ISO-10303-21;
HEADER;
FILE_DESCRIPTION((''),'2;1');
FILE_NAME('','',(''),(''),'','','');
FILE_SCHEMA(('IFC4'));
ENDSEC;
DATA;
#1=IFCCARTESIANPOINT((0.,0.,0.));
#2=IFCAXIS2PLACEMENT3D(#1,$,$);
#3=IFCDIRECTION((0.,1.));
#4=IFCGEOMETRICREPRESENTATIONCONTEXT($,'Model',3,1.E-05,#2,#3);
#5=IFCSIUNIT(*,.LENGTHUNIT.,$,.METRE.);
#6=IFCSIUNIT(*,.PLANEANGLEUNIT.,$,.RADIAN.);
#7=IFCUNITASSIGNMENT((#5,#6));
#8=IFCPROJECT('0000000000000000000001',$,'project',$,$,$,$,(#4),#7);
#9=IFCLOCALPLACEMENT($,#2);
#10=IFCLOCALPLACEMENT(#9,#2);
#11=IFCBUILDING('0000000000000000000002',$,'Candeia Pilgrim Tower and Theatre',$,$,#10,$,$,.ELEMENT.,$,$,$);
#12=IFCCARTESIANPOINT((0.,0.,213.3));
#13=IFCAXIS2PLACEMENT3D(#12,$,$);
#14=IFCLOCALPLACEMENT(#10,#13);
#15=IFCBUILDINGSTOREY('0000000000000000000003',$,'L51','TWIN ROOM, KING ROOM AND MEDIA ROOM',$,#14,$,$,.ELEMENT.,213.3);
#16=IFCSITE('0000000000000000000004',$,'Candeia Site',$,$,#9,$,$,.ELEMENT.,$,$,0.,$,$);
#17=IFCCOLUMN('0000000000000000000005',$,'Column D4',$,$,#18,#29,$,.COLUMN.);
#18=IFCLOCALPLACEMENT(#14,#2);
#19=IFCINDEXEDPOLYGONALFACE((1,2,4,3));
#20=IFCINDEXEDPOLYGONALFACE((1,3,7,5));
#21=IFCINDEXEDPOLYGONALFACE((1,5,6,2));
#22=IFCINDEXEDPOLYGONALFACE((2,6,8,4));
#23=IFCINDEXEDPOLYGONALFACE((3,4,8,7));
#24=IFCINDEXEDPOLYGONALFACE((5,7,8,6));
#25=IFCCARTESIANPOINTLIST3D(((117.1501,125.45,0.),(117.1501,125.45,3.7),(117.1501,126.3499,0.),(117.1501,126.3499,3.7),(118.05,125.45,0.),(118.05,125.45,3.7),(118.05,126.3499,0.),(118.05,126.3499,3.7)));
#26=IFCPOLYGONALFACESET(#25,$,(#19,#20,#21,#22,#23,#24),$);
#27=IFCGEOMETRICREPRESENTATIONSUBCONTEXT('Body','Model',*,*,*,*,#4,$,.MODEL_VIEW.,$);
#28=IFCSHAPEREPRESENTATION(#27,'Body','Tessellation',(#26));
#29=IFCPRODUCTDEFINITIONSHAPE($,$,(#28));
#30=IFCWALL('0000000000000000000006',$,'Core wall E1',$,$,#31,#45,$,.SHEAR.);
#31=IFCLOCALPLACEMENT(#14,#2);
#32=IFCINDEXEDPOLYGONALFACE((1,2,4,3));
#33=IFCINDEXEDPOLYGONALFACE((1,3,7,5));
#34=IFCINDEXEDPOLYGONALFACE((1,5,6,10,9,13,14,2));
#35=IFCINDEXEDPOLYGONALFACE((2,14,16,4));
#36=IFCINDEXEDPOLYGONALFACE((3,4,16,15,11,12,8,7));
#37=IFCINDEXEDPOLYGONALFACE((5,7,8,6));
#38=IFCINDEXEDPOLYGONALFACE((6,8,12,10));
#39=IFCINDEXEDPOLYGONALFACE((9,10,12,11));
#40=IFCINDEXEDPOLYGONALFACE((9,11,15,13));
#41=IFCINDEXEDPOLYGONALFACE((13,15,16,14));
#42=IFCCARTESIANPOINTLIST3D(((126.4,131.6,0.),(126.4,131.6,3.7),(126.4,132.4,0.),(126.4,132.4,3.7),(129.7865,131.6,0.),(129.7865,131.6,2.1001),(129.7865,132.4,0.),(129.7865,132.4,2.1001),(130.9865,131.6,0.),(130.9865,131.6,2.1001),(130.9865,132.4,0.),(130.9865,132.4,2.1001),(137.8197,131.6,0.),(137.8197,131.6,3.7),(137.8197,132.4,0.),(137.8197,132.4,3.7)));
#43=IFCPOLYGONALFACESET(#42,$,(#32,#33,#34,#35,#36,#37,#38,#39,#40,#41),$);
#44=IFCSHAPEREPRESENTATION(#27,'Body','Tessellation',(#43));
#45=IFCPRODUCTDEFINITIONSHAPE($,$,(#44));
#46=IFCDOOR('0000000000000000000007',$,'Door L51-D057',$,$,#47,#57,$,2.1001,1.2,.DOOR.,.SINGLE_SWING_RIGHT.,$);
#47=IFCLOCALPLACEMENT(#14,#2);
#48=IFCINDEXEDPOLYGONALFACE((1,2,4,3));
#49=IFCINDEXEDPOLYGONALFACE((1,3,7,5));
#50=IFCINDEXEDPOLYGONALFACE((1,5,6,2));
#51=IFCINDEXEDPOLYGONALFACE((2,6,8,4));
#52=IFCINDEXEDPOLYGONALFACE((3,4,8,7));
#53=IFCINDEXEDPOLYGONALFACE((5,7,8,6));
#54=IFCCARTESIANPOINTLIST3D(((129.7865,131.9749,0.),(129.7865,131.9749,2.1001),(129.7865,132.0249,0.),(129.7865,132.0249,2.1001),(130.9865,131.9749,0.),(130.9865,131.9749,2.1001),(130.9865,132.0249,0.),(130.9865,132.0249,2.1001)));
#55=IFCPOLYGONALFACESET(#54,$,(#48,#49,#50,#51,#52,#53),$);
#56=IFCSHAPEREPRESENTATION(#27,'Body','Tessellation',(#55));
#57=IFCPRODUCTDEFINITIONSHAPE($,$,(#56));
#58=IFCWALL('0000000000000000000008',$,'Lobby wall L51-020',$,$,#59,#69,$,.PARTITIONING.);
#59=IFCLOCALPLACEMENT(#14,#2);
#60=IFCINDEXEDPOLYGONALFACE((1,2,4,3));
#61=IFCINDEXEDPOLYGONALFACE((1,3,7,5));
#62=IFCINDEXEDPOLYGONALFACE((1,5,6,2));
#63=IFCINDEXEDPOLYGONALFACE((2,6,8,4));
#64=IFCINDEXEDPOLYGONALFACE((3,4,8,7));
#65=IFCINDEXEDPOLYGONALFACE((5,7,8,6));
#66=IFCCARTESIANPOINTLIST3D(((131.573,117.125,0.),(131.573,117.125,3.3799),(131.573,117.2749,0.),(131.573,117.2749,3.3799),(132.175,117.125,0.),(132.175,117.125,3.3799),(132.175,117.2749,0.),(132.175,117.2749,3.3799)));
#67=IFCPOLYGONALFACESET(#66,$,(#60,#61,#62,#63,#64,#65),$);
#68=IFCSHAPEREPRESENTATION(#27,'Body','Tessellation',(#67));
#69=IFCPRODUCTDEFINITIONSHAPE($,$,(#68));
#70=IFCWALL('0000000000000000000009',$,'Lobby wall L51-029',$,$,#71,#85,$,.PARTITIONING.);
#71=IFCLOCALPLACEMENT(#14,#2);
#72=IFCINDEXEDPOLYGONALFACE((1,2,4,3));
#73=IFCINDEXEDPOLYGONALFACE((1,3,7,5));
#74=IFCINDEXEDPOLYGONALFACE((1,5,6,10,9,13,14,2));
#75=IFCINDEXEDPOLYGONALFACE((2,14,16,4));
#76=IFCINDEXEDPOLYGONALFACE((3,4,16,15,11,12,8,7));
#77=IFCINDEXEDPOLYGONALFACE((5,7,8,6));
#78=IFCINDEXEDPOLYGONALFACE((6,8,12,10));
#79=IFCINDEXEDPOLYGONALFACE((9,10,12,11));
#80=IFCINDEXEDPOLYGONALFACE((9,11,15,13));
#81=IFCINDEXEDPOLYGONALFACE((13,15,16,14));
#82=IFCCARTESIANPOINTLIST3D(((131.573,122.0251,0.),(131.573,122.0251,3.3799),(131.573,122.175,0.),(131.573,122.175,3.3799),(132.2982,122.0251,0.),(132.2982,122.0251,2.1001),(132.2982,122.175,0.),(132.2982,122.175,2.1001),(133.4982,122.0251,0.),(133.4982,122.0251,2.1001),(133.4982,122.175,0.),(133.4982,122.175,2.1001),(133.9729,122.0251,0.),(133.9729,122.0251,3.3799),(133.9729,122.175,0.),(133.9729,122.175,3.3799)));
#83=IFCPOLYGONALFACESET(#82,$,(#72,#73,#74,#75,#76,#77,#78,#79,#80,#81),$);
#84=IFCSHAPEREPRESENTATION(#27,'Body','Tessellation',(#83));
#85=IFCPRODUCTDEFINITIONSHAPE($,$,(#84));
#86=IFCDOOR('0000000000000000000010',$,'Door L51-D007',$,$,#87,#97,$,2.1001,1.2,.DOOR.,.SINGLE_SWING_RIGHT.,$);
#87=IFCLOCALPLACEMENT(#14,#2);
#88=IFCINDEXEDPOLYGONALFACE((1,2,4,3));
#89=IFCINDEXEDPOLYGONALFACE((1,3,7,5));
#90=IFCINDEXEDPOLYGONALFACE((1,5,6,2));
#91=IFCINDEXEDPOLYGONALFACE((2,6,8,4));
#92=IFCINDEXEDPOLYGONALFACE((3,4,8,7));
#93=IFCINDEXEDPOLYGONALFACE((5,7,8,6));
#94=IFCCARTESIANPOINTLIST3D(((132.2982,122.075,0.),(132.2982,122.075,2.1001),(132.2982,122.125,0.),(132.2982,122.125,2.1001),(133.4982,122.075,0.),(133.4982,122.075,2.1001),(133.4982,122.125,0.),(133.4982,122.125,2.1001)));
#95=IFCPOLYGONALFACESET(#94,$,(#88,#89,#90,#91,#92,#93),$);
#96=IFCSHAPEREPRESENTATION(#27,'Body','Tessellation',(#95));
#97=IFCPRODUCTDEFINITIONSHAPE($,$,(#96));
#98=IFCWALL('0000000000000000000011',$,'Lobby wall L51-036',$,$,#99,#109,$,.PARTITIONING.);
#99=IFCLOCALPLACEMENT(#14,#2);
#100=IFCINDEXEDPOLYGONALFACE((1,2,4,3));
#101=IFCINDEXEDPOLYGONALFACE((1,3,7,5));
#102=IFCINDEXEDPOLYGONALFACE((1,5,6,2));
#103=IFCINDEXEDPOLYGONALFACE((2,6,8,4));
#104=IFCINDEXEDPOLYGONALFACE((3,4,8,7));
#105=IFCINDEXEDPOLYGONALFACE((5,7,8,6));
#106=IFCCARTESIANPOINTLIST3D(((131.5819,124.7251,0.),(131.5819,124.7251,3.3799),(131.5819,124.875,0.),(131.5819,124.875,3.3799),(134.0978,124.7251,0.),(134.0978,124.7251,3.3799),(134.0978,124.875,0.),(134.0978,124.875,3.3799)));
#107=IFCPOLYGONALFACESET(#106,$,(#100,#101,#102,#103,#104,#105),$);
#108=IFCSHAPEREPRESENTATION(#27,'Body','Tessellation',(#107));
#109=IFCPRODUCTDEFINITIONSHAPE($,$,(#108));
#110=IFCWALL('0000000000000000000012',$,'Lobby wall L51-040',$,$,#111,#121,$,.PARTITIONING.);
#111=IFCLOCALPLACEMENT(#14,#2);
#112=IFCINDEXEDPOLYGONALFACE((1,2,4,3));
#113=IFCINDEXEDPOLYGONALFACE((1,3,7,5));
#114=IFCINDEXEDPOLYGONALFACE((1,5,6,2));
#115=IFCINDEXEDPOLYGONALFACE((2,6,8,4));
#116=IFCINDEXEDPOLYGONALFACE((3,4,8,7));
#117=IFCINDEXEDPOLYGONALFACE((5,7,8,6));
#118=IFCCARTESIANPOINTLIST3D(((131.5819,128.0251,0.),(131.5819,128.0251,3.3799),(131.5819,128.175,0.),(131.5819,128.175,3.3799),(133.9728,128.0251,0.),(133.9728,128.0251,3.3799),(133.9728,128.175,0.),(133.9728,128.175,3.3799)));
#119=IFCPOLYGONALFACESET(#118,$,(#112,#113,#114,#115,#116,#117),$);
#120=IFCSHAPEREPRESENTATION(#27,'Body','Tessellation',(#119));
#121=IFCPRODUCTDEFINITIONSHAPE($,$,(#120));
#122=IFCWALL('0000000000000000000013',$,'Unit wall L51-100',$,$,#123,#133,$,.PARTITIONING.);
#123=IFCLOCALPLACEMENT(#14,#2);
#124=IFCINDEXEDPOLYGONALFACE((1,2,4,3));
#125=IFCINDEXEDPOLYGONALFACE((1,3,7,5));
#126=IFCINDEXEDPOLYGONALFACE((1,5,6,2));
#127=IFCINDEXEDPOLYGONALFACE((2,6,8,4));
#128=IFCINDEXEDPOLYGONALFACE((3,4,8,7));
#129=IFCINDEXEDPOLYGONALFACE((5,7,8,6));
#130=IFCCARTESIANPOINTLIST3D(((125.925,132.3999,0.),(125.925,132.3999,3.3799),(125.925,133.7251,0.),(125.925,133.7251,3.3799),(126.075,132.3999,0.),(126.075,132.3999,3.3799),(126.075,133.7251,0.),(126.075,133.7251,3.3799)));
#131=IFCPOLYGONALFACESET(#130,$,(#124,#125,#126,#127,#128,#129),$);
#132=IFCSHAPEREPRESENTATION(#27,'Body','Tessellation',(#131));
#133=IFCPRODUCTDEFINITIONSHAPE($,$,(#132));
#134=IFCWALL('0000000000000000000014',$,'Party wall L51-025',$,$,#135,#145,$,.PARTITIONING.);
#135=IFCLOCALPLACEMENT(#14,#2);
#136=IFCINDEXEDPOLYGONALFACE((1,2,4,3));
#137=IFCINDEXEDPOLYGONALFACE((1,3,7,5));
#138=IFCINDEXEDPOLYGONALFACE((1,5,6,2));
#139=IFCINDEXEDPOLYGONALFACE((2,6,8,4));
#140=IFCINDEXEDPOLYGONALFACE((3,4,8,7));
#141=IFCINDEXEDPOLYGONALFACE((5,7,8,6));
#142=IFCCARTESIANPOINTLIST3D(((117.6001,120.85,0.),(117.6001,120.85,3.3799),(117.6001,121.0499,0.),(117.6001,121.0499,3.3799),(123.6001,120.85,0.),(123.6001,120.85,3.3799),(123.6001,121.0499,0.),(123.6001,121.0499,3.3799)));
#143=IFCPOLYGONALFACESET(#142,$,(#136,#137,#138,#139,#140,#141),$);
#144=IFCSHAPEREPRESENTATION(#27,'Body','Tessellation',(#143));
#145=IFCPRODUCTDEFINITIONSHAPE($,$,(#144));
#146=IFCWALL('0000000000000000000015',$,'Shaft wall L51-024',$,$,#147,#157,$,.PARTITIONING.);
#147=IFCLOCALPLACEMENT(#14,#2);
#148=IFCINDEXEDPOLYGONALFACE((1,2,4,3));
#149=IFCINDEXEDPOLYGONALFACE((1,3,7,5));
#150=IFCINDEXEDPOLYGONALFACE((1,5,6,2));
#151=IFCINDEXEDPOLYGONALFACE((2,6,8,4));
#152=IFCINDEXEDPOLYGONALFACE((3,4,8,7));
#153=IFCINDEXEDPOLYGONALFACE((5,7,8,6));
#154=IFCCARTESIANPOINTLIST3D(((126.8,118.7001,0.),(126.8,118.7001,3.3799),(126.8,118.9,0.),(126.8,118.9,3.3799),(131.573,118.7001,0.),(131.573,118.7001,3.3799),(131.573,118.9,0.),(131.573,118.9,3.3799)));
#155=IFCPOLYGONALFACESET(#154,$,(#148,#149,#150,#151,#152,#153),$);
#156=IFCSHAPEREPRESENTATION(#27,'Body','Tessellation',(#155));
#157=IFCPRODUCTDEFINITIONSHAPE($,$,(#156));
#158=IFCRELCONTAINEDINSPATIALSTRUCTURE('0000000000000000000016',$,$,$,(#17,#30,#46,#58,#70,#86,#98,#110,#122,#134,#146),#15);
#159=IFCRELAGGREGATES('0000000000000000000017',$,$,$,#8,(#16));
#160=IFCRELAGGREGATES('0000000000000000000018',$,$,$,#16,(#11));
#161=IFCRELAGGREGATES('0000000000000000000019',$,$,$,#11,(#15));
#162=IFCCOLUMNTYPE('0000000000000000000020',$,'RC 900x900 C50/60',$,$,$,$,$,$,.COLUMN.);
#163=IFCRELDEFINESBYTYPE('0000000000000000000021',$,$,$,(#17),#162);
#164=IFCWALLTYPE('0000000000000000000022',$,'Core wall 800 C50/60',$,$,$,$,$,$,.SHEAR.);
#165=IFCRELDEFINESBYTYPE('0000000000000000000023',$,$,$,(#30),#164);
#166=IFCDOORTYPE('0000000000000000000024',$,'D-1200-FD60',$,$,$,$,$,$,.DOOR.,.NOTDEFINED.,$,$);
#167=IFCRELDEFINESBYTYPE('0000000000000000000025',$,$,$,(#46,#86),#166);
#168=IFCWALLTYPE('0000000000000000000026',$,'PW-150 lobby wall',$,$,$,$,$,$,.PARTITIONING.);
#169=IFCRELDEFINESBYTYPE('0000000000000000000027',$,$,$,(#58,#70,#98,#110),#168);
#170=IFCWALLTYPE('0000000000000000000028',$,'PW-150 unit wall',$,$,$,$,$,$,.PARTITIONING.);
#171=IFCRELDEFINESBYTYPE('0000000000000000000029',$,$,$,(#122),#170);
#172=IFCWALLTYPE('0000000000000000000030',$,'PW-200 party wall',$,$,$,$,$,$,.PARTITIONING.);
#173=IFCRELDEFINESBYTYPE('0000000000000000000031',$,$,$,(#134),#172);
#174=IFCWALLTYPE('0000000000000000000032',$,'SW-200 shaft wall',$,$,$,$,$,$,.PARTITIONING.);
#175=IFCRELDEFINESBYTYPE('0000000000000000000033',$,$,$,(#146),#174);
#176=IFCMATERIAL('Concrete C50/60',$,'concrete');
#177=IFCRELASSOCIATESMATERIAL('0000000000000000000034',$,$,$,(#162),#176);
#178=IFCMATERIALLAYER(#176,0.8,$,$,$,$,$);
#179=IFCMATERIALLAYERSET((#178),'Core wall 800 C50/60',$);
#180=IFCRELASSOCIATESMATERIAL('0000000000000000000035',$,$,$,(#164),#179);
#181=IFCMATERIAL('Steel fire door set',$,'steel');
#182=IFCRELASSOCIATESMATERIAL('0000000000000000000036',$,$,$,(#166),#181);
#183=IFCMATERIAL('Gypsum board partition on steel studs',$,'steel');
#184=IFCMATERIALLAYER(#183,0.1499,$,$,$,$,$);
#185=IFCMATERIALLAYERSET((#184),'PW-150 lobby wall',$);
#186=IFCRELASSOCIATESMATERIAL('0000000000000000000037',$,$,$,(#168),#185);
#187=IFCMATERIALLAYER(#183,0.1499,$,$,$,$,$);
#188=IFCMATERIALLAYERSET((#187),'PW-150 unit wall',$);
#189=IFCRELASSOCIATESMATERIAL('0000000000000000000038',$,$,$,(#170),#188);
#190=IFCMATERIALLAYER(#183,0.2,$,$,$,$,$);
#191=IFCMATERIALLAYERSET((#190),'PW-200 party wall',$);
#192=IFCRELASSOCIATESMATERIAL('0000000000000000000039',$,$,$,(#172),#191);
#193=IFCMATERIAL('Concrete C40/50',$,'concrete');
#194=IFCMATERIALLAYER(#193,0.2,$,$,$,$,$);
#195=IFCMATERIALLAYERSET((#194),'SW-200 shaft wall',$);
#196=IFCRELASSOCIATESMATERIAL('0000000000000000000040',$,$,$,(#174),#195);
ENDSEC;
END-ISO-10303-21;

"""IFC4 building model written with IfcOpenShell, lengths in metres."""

from ifc_helpers import new_model, si_unit, direction, frame, frame_2d, origin, origin_2d, place, context, subcontext, project, spatial, rectangle, extrude, material, layer, layer_set, material_profile, profile_set, type_object, element, fill, save


model = new_model("IFC4")

# Units and contexts
model_context = context("Model", 3, precision=1e-05, world=origin(), true_north=direction((0.0, 1.0)))
body_context = subcontext(model_context, "Body", "Model", "MODEL_VIEW")
ifc_project = project(units=[si_unit("LENGTHUNIT", "METRE"), si_unit("PLANEANGLEUNIT", "RADIAN")], contexts=[model_context])

# Site, building, storey
site_placement = place(None, origin())
site = spatial("IfcSite", under=ifc_project, at=site_placement, Name="Candeia Site", CompositionType="ELEMENT", RefElevation=0.0)
building_placement = place(site_placement, origin())
building = spatial("IfcBuilding", under=site, at=building_placement, Name="Candeia Pilgrim Tower and Theatre", CompositionType="ELEMENT")
storey_placement = place(building_placement, frame((0.0, 0.0, 213.3)))
storey = spatial("IfcBuildingStorey", under=building, at=storey_placement, Name="L51", Description="TWIN ROOM, KING ROOM AND MEDIA ROOM", CompositionType="ELEMENT", Elevation=213.3)

# Column
ifc_material_1 = material(Name="Concrete C50/60", Category="concrete")
ifc_material_profile = material_profile(ifc_material_1, rectangle(XDim=0.8999, YDim=0.8999, at=origin_2d()))
ifc_profile_set = profile_set([ifc_material_profile], Name="Concrete C50/60")
column_type = type_object("IfcColumnType", Name="RC 900x900 C50/60", PredefinedType="COLUMN", material=ifc_profile_set)
column_placement = place(storey_placement, frame((117.6001, 125.8999, 0.0), z_axis=(0.0, 0.0, 1.0), x_axis=(1.0, 0.0, 0.0)))
element("IfcColumn", 1, at=column_placement, inside=storey, type_object=column_type, Name="Column D4", PredefinedType="COLUMN", context=body_context, shape_type="SweptSolid", body=[
    extrude(rectangle(XDim=0.8999, YDim=0.8999, at=origin_2d()), origin(), (0.0, 0.0, 1.0), 3.7),
])

# Wall, opening, door
ifc_layer_1 = layer(ifc_material_1, 0.8)
ifc_layer_set_1 = layer_set([ifc_layer_1], Name="Core wall 800 C50/60")
wall_type_1 = type_object("IfcWallType", Name="Core wall 800 C50/60", PredefinedType="SHEAR", material=ifc_layer_set_1)
wall_1_placement = place(storey_placement, frame((126.3999, 132.0, 0.0), z_axis=(0.0, 0.0, 1.0), x_axis=(1.0, 0.0, 0.0)))
wall_1 = element("IfcWall", 2, at=wall_1_placement, inside=storey, type_object=wall_type_1, Name="Core wall E1", PredefinedType="SHEAR", context=body_context, shape_type="SweptSolid", body=[
    extrude(rectangle(XDim=11.4197, YDim=0.8, at=frame_2d((5.71, 0.0))), origin(), (0.0, 0.0, 1.0), 3.7),
])
opening_1_placement = place(wall_1_placement, frame((3.3865, 0.0, 0.0)))
opening_1 = element("IfcOpeningElement", 3, at=opening_1_placement, cuts=wall_1, PredefinedType="OPENING", context=body_context, shape_type="SweptSolid", body=[
    extrude(rectangle(XDim=1.2, YDim=2.1001, at=frame_2d((0.6001, 1.05))), frame((0.0, 0.4102, 0.0), z_axis=(0.0, -1.0, 0.0), x_axis=(1.0, 0.0, 0.0)), (0.0, 0.0, 1.0), 0.8201),
])
ifc_material_2 = material(Name="Steel fire door set", Category="steel")
door_type_1 = type_object("IfcDoorType", Name="D-1200-FD60", OperationType="NOTDEFINED", PredefinedType="DOOR", material=ifc_material_2)
door_1_placement = place(opening_1_placement, origin())
door_1 = element("IfcDoor", 4, at=door_1_placement, inside=storey, type_object=door_type_1, Name="Door L51-D057", OperationType="SINGLE_SWING_RIGHT", OverallHeight=2.1001, OverallWidth=1.2, PredefinedType="DOOR", context=body_context, shape_type="SweptSolid", body=[
    extrude(rectangle(XDim=1.2, YDim=2.1001, at=frame_2d((0.6001, 1.05))), frame((0.0, 0.0249, 0.0), z_axis=(0.0, -1.0, 0.0), x_axis=(1.0, 0.0, 0.0)), (0.0, 0.0, 1.0), 0.05),
])
fill(opening_1, door_1)

# Wall
ifc_material_3 = material(Name="Gypsum board partition on steel studs", Category="steel")
ifc_layer_2 = layer(ifc_material_3, 0.1499)
ifc_layer_set_2 = layer_set([ifc_layer_2], Name="PW-150 lobby wall")
wall_type_2 = type_object("IfcWallType", Name="PW-150 lobby wall", PredefinedType="PARTITIONING", material=ifc_layer_set_2)
wall_2_placement = place(storey_placement, frame((131.573, 117.2, 0.0), z_axis=(0.0, 0.0, 1.0), x_axis=(1.0, 0.0, 0.0)))
element("IfcWall", 5, at=wall_2_placement, inside=storey, type_object=wall_type_2, Name="Lobby wall L51-020", PredefinedType="PARTITIONING", context=body_context, shape_type="SweptSolid", body=[
    extrude(rectangle(XDim=0.6021, YDim=0.1499, at=frame_2d((0.301, 0.0))), origin(), (0.0, 0.0, 1.0), 3.3799),
])

# Wall, opening, door
wall_3_placement = place(storey_placement, frame((131.573, 122.1001, 0.0), z_axis=(0.0, 0.0, 1.0), x_axis=(1.0, 0.0, 0.0)))
wall_3 = element("IfcWall", 6, at=wall_3_placement, inside=storey, type_object=wall_type_2, Name="Lobby wall L51-029", PredefinedType="PARTITIONING", context=body_context, shape_type="SweptSolid", body=[
    extrude(rectangle(XDim=2.3999, YDim=0.1499, at=frame_2d((1.2, 0.0))), origin(), (0.0, 0.0, 1.0), 3.3799),
])
opening_2_placement = place(wall_3_placement, frame((0.7251, 0.0, 0.0)))
opening_2 = element("IfcOpeningElement", 7, at=opening_2_placement, cuts=wall_3, PredefinedType="OPENING", context=body_context, shape_type="SweptSolid", body=[
    extrude(rectangle(XDim=1.2, YDim=2.1001, at=frame_2d((0.6001, 1.05))), frame((0.0, 0.085, 0.0), z_axis=(0.0, -1.0, 0.0), x_axis=(1.0, 0.0, 0.0)), (0.0, 0.0, 1.0), 0.1699),
])
door_2_placement = place(opening_2_placement, origin())
door_2 = element("IfcDoor", 8, at=door_2_placement, inside=storey, type_object=door_type_1, Name="Door L51-D007", OperationType="SINGLE_SWING_RIGHT", OverallHeight=2.1001, OverallWidth=1.2, PredefinedType="DOOR", context=body_context, shape_type="SweptSolid", body=[
    extrude(rectangle(XDim=1.2, YDim=2.1001, at=frame_2d((0.6001, 1.05))), frame((0.0, 0.0249, 0.0), z_axis=(0.0, -1.0, 0.0), x_axis=(1.0, 0.0, 0.0)), (0.0, 0.0, 1.0), 0.05),
])
fill(opening_2, door_2)

# Walls
wall_4_placement = place(storey_placement, frame((131.582, 124.8, 0.0), z_axis=(0.0, 0.0, 1.0), x_axis=(1.0, 0.0, 0.0)))
element("IfcWall", 9, at=wall_4_placement, inside=storey, type_object=wall_type_2, Name="Lobby wall L51-036", PredefinedType="PARTITIONING", context=body_context, shape_type="SweptSolid", body=[
    extrude(rectangle(XDim=2.5159, YDim=0.1499, at=frame_2d((1.2578, 0.0))), origin(), (0.0, 0.0, 1.0), 3.3799),
])
wall_5_placement = place(storey_placement, frame((131.582, 128.1001, 0.0), z_axis=(0.0, 0.0, 1.0), x_axis=(1.0, 0.0, 0.0)))
element("IfcWall", 10, at=wall_5_placement, inside=storey, type_object=wall_type_2, Name="Lobby wall L51-040", PredefinedType="PARTITIONING", context=body_context, shape_type="SweptSolid", body=[
    extrude(rectangle(XDim=2.3909, YDim=0.1499, at=frame_2d((1.1953, 0.0))), origin(), (0.0, 0.0, 1.0), 3.3799),
])
ifc_layer_3 = layer(ifc_material_3, 0.1499)
ifc_layer_set_3 = layer_set([ifc_layer_3], Name="PW-150 unit wall")
wall_type_3 = type_object("IfcWallType", Name="PW-150 unit wall", PredefinedType="PARTITIONING", material=ifc_layer_set_3)
wall_6_placement = place(storey_placement, frame((126.0, 132.3999, 0.0), z_axis=(0.0, 0.0, 1.0), x_axis=(0.0, 1.0, 0.0)))
element("IfcWall", 11, at=wall_6_placement, inside=storey, type_object=wall_type_3, Name="Unit wall L51-100", PredefinedType="PARTITIONING", context=body_context, shape_type="SweptSolid", body=[
    extrude(rectangle(XDim=1.3252, YDim=0.1499, at=frame_2d((0.6626, 0.0))), origin(), (0.0, 0.0, 1.0), 3.3799),
])
ifc_layer_4 = layer(ifc_material_3, 0.2)
ifc_layer_set_4 = layer_set([ifc_layer_4], Name="PW-200 party wall")
wall_type_4 = type_object("IfcWallType", Name="PW-200 party wall", PredefinedType="PARTITIONING", material=ifc_layer_set_4)
wall_7_placement = place(storey_placement, frame((117.6001, 120.95, 0.0), z_axis=(0.0, 0.0, 1.0), x_axis=(1.0, 0.0, 0.0)))
element("IfcWall", 12, at=wall_7_placement, inside=storey, type_object=wall_type_4, Name="Party wall L51-025", PredefinedType="PARTITIONING", context=body_context, shape_type="SweptSolid", body=[
    extrude(rectangle(XDim=6.0, YDim=0.2, at=frame_2d((3.0, 0.0))), origin(), (0.0, 0.0, 1.0), 3.3799),
])
ifc_material_4 = material(Name="Concrete C40/50", Category="concrete")
ifc_layer_5 = layer(ifc_material_4, 0.2)
ifc_layer_set_5 = layer_set([ifc_layer_5], Name="SW-200 shaft wall")
wall_type_5 = type_object("IfcWallType", Name="SW-200 shaft wall", PredefinedType="PARTITIONING", material=ifc_layer_set_5)
wall_8_placement = place(storey_placement, frame((126.8, 118.8, 0.0), z_axis=(0.0, 0.0, 1.0), x_axis=(1.0, 0.0, 0.0)))
element("IfcWall", 13, at=wall_8_placement, inside=storey, type_object=wall_type_5, Name="Shaft wall L51-024", PredefinedType="PARTITIONING", context=body_context, shape_type="SweptSolid", body=[
    extrude(rectangle(XDim=4.7729, YDim=0.2, at=frame_2d((2.3865, 0.0))), origin(), (0.0, 0.0, 1.0), 3.3799),
])

save(model, "model.ifc")
